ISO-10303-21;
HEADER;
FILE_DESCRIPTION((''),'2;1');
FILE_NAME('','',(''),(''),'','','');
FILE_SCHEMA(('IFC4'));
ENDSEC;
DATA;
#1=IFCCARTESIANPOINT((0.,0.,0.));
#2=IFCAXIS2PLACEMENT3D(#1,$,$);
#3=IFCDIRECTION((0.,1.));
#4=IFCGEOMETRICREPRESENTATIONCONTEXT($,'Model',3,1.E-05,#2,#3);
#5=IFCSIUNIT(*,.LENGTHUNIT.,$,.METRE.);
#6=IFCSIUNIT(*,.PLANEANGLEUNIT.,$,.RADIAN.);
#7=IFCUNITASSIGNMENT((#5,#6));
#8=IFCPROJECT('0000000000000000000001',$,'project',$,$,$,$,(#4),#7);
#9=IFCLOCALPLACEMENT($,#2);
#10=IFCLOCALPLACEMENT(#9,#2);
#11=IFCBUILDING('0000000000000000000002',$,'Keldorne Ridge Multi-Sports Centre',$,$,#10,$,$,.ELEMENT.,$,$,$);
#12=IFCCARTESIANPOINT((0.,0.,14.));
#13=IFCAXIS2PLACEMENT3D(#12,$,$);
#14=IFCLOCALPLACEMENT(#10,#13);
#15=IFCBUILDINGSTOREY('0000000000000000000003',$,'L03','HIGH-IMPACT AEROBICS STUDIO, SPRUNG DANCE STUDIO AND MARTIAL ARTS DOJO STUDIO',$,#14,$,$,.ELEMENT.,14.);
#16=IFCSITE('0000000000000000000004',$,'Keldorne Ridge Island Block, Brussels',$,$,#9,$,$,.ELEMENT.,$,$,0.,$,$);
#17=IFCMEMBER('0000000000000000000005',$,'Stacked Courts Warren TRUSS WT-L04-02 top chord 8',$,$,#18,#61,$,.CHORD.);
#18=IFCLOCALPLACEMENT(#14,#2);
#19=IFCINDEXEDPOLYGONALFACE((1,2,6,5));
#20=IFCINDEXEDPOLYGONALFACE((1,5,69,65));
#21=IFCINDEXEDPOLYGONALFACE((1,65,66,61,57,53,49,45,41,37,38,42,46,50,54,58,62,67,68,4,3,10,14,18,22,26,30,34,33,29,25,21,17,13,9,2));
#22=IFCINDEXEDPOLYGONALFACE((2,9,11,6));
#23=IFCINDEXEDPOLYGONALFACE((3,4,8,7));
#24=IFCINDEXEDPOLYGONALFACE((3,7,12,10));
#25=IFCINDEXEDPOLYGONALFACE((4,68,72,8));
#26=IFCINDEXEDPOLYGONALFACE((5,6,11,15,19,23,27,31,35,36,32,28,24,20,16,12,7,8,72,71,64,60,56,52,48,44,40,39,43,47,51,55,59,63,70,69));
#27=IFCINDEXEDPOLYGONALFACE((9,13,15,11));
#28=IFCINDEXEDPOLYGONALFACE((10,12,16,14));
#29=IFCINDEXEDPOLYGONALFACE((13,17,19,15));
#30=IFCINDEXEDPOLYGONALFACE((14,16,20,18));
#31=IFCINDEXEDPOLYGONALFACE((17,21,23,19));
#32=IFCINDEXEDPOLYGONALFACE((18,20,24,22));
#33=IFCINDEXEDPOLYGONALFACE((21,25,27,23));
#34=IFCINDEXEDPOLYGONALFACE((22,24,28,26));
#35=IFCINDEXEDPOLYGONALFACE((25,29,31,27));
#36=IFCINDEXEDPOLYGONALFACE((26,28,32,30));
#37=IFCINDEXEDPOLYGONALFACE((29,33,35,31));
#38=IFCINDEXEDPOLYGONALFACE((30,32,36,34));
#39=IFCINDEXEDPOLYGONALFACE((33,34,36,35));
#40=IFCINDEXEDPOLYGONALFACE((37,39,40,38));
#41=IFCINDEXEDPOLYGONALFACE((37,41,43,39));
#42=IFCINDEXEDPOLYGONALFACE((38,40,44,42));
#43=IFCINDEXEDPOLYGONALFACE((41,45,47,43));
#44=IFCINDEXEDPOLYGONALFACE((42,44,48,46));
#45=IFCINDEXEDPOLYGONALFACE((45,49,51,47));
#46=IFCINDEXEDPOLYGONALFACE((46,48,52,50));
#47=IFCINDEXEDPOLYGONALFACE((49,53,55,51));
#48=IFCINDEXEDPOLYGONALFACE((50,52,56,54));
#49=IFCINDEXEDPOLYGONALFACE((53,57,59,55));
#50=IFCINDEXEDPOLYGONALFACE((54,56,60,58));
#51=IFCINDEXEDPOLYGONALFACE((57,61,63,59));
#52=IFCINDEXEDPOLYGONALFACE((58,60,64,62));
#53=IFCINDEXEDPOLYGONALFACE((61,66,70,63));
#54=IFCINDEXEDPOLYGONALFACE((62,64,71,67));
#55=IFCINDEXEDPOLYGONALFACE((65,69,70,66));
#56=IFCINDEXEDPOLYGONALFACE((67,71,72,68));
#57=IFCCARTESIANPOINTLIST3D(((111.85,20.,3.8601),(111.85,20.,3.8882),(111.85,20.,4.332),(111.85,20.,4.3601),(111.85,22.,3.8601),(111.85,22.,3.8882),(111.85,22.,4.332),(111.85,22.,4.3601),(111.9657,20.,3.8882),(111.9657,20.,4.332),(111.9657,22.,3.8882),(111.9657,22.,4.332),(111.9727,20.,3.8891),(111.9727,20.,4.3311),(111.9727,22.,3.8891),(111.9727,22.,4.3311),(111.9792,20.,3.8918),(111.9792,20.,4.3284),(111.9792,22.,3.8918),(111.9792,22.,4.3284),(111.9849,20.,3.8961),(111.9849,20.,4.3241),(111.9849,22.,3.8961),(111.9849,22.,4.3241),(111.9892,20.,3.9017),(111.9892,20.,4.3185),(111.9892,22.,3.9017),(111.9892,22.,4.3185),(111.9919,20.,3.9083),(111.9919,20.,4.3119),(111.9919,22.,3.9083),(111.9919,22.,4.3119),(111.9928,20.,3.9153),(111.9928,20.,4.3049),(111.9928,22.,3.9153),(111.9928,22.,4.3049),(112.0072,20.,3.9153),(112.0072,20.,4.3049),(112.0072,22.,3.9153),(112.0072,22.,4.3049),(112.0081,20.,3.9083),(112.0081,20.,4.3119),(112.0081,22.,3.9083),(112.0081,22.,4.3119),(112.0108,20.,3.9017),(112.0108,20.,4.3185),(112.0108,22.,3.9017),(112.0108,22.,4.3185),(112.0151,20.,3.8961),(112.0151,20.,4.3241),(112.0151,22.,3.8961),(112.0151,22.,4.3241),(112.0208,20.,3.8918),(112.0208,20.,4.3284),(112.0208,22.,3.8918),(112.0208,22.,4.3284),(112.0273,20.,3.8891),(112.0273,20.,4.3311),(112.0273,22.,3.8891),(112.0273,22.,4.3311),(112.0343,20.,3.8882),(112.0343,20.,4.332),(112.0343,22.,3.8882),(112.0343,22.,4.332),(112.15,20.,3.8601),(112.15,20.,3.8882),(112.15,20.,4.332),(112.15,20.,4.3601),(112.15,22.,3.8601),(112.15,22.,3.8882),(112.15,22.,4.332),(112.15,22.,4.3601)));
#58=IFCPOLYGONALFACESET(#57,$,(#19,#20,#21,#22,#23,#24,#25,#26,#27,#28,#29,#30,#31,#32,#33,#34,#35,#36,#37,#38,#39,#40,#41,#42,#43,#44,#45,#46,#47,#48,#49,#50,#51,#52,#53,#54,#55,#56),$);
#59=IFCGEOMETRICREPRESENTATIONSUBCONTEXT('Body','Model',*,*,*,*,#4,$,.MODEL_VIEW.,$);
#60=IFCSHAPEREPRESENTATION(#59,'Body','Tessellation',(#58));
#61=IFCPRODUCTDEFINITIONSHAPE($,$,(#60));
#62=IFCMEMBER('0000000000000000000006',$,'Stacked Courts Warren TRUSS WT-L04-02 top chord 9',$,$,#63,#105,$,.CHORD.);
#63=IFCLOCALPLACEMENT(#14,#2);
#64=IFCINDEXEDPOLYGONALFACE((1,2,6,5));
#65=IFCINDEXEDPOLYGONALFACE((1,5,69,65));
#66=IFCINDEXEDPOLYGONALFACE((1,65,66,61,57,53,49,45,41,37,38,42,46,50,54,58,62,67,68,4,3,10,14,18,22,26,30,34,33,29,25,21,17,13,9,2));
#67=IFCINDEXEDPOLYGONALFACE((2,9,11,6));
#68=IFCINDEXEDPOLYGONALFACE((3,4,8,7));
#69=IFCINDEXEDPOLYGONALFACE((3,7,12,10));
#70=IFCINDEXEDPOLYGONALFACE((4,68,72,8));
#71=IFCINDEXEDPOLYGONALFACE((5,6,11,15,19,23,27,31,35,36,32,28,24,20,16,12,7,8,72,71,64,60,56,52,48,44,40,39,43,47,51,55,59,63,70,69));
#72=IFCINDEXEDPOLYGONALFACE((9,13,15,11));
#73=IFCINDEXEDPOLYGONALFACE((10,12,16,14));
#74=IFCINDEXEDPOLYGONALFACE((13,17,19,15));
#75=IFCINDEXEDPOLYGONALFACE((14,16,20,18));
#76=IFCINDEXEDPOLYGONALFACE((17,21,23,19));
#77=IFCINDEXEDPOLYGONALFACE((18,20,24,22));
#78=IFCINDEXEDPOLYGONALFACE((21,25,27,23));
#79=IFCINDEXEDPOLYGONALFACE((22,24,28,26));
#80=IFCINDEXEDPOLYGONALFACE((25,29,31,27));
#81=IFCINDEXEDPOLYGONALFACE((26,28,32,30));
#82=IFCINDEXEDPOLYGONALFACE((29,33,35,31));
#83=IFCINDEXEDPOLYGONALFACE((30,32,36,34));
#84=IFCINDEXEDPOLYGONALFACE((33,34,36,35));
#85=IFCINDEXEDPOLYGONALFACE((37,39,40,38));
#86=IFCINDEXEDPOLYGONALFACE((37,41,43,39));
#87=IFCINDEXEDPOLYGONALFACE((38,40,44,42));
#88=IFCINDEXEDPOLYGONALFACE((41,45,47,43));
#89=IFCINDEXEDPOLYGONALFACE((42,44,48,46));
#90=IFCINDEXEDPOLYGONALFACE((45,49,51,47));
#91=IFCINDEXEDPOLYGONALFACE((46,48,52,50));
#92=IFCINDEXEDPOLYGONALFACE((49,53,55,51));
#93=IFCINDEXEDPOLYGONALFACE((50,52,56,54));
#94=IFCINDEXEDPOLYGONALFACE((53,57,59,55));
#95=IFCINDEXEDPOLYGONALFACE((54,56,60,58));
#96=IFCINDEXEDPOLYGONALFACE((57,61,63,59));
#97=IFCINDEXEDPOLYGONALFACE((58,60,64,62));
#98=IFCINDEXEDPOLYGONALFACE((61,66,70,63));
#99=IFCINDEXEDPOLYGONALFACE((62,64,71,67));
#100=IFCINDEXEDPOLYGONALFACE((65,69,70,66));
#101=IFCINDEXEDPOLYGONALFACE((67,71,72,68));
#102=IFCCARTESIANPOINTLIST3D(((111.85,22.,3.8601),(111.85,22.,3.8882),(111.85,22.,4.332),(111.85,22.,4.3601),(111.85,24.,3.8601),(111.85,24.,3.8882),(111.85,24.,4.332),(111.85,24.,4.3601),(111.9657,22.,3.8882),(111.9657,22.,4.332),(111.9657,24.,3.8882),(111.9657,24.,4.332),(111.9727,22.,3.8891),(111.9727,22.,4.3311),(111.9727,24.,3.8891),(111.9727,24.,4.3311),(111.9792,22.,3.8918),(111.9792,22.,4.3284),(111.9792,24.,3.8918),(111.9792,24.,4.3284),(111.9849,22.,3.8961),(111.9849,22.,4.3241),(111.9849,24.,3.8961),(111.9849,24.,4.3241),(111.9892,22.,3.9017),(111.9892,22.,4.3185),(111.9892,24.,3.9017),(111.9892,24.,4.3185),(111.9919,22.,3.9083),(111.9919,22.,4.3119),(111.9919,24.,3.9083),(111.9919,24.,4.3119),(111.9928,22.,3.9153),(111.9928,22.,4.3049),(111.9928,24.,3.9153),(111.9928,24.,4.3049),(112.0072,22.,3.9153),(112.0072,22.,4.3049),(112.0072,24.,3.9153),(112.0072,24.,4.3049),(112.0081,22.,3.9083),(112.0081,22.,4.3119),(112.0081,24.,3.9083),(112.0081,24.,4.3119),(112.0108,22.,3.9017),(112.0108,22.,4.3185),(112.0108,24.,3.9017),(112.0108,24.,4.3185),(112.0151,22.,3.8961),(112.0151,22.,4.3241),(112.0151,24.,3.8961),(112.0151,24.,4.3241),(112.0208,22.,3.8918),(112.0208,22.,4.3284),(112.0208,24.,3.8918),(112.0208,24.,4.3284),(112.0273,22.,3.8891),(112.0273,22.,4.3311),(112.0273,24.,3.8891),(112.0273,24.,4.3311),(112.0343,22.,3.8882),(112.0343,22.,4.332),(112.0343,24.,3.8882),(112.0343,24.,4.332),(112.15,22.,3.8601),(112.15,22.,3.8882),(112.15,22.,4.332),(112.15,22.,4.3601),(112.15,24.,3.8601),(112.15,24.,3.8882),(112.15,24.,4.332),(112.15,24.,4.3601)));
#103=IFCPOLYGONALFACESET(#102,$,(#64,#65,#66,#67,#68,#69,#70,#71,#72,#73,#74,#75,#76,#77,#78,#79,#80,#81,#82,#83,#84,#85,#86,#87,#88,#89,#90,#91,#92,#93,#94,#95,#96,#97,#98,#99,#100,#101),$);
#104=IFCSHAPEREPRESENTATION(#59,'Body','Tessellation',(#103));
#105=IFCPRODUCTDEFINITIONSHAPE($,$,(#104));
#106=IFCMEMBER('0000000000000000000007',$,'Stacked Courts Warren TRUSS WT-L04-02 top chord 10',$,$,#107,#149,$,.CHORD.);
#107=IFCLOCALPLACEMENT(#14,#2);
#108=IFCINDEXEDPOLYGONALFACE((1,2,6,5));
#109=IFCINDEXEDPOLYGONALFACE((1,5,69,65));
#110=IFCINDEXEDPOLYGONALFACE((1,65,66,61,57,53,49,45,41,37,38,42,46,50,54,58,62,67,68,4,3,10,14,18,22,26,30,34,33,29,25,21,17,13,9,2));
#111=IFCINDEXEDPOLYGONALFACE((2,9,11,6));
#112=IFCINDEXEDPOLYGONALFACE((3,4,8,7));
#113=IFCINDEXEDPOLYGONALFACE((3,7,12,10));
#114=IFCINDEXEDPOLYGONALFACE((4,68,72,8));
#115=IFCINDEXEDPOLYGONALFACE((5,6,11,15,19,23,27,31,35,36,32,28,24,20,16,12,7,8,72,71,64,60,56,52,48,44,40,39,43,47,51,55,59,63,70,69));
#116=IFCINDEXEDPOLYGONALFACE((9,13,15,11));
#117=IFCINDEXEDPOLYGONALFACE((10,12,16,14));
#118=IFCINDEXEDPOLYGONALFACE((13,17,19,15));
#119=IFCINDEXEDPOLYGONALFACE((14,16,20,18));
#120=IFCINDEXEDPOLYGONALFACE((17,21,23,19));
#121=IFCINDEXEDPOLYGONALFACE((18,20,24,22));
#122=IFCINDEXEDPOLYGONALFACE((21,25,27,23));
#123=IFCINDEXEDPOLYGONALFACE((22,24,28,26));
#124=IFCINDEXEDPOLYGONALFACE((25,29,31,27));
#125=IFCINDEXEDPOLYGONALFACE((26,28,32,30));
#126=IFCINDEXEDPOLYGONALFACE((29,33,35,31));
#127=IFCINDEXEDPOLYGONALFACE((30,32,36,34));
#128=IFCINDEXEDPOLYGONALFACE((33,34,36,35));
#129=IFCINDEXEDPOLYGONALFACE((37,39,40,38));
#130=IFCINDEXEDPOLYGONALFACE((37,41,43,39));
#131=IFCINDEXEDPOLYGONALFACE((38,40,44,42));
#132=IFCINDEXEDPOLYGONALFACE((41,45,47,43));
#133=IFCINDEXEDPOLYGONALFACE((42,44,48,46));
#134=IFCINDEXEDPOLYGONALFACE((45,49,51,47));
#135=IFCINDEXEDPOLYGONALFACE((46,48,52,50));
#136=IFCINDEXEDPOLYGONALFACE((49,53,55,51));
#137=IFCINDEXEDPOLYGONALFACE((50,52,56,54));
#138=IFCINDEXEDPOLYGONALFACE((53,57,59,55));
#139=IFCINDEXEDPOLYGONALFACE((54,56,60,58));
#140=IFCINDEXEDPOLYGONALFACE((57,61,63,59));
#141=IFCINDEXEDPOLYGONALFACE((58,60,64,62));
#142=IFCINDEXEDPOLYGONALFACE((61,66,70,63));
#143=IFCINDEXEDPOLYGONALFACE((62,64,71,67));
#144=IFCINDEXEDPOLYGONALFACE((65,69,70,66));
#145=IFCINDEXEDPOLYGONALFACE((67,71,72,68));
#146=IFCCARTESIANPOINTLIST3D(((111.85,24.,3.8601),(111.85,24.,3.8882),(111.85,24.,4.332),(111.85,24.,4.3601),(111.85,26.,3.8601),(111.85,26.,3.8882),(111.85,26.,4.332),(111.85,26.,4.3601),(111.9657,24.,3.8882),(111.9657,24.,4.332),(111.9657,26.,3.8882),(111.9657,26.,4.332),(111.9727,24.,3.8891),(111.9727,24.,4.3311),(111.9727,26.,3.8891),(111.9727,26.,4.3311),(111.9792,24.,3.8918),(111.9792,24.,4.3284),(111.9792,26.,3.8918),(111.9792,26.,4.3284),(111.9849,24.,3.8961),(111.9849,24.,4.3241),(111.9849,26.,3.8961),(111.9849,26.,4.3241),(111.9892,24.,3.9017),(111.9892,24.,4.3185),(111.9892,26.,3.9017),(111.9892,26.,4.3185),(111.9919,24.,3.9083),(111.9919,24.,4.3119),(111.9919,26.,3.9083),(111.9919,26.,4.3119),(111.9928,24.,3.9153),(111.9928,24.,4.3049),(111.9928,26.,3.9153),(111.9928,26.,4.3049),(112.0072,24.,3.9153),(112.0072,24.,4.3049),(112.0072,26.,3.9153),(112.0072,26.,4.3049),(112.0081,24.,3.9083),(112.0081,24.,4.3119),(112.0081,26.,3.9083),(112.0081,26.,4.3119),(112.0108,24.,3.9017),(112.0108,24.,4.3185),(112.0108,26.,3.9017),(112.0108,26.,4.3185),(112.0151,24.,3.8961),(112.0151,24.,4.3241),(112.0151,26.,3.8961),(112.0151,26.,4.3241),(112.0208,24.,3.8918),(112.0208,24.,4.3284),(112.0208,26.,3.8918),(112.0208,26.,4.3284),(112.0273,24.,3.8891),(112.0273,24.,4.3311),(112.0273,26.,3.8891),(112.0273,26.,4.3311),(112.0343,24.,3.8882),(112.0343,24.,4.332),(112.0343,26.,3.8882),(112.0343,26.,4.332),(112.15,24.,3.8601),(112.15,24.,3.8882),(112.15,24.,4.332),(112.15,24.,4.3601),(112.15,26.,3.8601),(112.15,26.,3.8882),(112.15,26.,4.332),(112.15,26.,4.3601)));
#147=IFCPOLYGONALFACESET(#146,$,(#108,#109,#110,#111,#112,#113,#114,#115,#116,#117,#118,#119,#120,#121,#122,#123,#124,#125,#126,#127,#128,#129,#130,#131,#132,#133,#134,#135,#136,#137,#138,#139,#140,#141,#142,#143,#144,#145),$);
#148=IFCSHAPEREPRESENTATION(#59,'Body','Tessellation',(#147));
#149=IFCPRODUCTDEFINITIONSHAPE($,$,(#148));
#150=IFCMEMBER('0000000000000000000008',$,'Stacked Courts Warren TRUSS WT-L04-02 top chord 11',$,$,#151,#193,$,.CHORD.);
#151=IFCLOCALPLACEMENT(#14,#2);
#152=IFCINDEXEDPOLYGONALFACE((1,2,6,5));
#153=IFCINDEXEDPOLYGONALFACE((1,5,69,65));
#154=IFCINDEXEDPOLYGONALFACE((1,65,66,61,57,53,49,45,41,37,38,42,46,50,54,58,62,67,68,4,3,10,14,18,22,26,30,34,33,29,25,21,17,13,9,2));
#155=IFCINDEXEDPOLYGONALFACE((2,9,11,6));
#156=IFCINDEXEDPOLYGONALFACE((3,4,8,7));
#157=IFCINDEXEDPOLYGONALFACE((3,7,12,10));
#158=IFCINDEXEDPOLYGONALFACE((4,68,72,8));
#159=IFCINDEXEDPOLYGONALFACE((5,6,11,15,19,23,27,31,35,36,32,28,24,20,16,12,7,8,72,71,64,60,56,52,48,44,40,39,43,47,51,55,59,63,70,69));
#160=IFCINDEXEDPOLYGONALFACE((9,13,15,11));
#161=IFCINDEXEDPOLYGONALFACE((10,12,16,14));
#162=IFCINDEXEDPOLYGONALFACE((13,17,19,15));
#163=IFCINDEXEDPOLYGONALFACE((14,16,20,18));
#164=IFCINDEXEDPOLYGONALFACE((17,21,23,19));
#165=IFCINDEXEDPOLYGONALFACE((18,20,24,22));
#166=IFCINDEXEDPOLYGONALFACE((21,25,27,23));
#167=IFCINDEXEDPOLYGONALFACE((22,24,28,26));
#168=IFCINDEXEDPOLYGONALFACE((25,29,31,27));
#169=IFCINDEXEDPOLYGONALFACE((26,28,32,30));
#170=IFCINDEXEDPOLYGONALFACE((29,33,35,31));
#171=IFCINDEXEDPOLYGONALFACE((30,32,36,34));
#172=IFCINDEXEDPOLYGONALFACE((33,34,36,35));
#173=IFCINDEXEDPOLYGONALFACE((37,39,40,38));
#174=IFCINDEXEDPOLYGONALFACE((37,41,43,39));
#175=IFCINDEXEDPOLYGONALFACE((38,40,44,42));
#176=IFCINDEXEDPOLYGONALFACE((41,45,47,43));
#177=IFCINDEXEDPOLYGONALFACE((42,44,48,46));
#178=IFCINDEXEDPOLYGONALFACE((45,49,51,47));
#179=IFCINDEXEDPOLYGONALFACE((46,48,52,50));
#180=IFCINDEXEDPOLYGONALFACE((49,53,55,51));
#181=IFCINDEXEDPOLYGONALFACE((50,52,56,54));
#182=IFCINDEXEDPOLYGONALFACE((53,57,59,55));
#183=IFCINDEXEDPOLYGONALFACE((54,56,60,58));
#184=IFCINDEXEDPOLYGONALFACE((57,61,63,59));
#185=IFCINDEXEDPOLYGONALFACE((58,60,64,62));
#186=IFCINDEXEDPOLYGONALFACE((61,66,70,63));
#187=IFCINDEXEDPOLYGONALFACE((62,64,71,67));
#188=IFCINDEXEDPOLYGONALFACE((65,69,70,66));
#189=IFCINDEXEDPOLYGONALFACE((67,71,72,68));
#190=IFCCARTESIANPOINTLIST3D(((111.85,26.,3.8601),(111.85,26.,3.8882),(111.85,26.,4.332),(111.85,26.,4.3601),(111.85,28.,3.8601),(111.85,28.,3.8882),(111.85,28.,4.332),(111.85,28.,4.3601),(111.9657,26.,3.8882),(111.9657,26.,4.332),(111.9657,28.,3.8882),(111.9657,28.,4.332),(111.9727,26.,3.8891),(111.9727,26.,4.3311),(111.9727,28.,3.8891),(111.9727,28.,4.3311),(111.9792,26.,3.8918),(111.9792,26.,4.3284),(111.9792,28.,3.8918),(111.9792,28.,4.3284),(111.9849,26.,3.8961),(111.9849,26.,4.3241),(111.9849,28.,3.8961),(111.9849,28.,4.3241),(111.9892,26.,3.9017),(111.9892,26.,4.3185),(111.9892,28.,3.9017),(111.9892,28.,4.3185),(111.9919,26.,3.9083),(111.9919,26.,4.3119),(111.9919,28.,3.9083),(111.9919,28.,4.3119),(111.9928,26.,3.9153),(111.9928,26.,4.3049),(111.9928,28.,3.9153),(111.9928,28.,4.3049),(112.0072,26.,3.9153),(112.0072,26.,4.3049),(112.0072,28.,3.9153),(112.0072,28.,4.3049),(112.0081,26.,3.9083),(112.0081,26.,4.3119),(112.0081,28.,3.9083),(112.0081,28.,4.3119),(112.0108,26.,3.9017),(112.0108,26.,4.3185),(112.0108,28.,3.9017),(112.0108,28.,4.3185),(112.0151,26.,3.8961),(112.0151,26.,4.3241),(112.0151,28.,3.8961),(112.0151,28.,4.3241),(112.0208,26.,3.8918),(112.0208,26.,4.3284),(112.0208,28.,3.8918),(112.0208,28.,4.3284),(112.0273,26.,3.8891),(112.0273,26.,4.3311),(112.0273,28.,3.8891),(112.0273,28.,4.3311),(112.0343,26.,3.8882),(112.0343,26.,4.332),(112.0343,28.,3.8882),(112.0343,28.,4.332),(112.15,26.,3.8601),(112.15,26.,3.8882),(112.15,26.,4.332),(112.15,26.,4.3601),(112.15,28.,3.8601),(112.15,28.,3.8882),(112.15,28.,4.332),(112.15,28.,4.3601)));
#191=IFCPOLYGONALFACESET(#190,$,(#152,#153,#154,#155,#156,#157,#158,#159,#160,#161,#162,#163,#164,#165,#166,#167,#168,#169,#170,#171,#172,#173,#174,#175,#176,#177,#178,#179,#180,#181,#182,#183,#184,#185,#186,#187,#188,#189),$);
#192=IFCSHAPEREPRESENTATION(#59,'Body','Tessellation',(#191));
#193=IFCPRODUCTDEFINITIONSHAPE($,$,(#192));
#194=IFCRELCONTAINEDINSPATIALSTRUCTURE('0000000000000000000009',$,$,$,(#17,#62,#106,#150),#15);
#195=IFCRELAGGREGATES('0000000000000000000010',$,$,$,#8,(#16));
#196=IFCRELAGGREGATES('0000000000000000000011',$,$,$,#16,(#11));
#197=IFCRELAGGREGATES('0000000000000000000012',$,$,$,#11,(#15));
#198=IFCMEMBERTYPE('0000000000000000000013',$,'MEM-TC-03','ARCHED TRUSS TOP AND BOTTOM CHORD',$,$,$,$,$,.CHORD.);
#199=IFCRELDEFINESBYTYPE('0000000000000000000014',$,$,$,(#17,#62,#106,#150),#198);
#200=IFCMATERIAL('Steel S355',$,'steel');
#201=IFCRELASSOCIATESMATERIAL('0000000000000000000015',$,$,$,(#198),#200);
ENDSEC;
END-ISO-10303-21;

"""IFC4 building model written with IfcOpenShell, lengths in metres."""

from ifc_helpers import new_model, si_unit, direction, frame, origin, origin_2d, place, context, subcontext, project, spatial, i_section, extrude, material, material_profile, profile_set, type_object, element, save


model = new_model("IFC4")

# Units and contexts
model_context = context("Model", 3, precision=1e-05, world=origin(), true_north=direction((0.0, 1.0)))
body_context = subcontext(model_context, "Body", "Model", "MODEL_VIEW")
ifc_project = project(units=[si_unit("LENGTHUNIT", "METRE"), si_unit("PLANEANGLEUNIT", "RADIAN")], contexts=[model_context])

# Site, building, storey
site_placement = place(None, origin())
site = spatial("IfcSite", under=ifc_project, at=site_placement, Name="Keldorne Ridge Island Block, Brussels", CompositionType="ELEMENT", RefElevation=0.0)
building_placement = place(site_placement, origin())
building = spatial("IfcBuilding", under=site, at=building_placement, Name="Keldorne Ridge Multi-Sports Centre", CompositionType="ELEMENT")
storey_placement = place(building_placement, frame((0.0, 0.0, 14.0)))
storey = spatial("IfcBuildingStorey", under=building, at=storey_placement, Name="L03", Description="HIGH-IMPACT AEROBICS STUDIO, SPRUNG DANCE STUDIO AND MARTIAL ARTS DOJO STUDIO", CompositionType="ELEMENT", Elevation=14.0)

# Members
ifc_material = material(Name="Steel S355", Category="steel")
ifc_material_profile_1 = material_profile(ifc_material, i_section(OverallWidth=0.3, OverallDepth=0.5, WebThickness=0.0144, FlangeThickness=0.0281, FilletRadius=0.0271, at=origin_2d()), Name="HEB 500")
ifc_profile_set_1 = profile_set([ifc_material_profile_1], Name="Steel S355")
member_type_1 = type_object("IfcMemberType", Name="MEM-TC-03", Description="ARCHED TRUSS TOP AND BOTTOM CHORD", PredefinedType="CHORD", material=ifc_profile_set_1)
for number, where, z_axis, x_axis, name in (
    (1, (112.0, 20.0, 4.1101), (0.0, 1.0, 0.0), (-1.0, 0.0, 0.0), "Stacked Courts Warren TRUSS WT-L04-02 top chord 8"),
    (2, (112.0, 22.0, 4.1101), (0.0, 1.0, 0.0), (-1.0, 0.0, 0.0), "Stacked Courts Warren TRUSS WT-L04-02 top chord 9"),
    (3, (112.0, 24.0, 4.1101), (0.0, 1.0, 0.0), (-1.0, 0.0, 0.0), "Stacked Courts Warren TRUSS WT-L04-02 top chord 10"),
    (4, (112.0, 26.0, 4.1101), (0.0, 1.0, 0.0), (-1.0, 0.0, 0.0), "Stacked Courts Warren TRUSS WT-L04-02 top chord 11"),
):
    element("IfcMember", number, at=place(storey_placement, frame(where, z_axis=z_axis, x_axis=x_axis)), inside=storey, type_object=member_type_1, Name=name, PredefinedType="CHORD", context=body_context, shape_type="SweptSolid", body=[
        extrude(i_section(OverallWidth=0.3, OverallDepth=0.5, WebThickness=0.0144, FlangeThickness=0.0281, FilletRadius=0.0271, at=origin_2d()), origin(), (0.0, 0.0, 1.0), 2.0),
    ])

save(model, "model.ifc")
